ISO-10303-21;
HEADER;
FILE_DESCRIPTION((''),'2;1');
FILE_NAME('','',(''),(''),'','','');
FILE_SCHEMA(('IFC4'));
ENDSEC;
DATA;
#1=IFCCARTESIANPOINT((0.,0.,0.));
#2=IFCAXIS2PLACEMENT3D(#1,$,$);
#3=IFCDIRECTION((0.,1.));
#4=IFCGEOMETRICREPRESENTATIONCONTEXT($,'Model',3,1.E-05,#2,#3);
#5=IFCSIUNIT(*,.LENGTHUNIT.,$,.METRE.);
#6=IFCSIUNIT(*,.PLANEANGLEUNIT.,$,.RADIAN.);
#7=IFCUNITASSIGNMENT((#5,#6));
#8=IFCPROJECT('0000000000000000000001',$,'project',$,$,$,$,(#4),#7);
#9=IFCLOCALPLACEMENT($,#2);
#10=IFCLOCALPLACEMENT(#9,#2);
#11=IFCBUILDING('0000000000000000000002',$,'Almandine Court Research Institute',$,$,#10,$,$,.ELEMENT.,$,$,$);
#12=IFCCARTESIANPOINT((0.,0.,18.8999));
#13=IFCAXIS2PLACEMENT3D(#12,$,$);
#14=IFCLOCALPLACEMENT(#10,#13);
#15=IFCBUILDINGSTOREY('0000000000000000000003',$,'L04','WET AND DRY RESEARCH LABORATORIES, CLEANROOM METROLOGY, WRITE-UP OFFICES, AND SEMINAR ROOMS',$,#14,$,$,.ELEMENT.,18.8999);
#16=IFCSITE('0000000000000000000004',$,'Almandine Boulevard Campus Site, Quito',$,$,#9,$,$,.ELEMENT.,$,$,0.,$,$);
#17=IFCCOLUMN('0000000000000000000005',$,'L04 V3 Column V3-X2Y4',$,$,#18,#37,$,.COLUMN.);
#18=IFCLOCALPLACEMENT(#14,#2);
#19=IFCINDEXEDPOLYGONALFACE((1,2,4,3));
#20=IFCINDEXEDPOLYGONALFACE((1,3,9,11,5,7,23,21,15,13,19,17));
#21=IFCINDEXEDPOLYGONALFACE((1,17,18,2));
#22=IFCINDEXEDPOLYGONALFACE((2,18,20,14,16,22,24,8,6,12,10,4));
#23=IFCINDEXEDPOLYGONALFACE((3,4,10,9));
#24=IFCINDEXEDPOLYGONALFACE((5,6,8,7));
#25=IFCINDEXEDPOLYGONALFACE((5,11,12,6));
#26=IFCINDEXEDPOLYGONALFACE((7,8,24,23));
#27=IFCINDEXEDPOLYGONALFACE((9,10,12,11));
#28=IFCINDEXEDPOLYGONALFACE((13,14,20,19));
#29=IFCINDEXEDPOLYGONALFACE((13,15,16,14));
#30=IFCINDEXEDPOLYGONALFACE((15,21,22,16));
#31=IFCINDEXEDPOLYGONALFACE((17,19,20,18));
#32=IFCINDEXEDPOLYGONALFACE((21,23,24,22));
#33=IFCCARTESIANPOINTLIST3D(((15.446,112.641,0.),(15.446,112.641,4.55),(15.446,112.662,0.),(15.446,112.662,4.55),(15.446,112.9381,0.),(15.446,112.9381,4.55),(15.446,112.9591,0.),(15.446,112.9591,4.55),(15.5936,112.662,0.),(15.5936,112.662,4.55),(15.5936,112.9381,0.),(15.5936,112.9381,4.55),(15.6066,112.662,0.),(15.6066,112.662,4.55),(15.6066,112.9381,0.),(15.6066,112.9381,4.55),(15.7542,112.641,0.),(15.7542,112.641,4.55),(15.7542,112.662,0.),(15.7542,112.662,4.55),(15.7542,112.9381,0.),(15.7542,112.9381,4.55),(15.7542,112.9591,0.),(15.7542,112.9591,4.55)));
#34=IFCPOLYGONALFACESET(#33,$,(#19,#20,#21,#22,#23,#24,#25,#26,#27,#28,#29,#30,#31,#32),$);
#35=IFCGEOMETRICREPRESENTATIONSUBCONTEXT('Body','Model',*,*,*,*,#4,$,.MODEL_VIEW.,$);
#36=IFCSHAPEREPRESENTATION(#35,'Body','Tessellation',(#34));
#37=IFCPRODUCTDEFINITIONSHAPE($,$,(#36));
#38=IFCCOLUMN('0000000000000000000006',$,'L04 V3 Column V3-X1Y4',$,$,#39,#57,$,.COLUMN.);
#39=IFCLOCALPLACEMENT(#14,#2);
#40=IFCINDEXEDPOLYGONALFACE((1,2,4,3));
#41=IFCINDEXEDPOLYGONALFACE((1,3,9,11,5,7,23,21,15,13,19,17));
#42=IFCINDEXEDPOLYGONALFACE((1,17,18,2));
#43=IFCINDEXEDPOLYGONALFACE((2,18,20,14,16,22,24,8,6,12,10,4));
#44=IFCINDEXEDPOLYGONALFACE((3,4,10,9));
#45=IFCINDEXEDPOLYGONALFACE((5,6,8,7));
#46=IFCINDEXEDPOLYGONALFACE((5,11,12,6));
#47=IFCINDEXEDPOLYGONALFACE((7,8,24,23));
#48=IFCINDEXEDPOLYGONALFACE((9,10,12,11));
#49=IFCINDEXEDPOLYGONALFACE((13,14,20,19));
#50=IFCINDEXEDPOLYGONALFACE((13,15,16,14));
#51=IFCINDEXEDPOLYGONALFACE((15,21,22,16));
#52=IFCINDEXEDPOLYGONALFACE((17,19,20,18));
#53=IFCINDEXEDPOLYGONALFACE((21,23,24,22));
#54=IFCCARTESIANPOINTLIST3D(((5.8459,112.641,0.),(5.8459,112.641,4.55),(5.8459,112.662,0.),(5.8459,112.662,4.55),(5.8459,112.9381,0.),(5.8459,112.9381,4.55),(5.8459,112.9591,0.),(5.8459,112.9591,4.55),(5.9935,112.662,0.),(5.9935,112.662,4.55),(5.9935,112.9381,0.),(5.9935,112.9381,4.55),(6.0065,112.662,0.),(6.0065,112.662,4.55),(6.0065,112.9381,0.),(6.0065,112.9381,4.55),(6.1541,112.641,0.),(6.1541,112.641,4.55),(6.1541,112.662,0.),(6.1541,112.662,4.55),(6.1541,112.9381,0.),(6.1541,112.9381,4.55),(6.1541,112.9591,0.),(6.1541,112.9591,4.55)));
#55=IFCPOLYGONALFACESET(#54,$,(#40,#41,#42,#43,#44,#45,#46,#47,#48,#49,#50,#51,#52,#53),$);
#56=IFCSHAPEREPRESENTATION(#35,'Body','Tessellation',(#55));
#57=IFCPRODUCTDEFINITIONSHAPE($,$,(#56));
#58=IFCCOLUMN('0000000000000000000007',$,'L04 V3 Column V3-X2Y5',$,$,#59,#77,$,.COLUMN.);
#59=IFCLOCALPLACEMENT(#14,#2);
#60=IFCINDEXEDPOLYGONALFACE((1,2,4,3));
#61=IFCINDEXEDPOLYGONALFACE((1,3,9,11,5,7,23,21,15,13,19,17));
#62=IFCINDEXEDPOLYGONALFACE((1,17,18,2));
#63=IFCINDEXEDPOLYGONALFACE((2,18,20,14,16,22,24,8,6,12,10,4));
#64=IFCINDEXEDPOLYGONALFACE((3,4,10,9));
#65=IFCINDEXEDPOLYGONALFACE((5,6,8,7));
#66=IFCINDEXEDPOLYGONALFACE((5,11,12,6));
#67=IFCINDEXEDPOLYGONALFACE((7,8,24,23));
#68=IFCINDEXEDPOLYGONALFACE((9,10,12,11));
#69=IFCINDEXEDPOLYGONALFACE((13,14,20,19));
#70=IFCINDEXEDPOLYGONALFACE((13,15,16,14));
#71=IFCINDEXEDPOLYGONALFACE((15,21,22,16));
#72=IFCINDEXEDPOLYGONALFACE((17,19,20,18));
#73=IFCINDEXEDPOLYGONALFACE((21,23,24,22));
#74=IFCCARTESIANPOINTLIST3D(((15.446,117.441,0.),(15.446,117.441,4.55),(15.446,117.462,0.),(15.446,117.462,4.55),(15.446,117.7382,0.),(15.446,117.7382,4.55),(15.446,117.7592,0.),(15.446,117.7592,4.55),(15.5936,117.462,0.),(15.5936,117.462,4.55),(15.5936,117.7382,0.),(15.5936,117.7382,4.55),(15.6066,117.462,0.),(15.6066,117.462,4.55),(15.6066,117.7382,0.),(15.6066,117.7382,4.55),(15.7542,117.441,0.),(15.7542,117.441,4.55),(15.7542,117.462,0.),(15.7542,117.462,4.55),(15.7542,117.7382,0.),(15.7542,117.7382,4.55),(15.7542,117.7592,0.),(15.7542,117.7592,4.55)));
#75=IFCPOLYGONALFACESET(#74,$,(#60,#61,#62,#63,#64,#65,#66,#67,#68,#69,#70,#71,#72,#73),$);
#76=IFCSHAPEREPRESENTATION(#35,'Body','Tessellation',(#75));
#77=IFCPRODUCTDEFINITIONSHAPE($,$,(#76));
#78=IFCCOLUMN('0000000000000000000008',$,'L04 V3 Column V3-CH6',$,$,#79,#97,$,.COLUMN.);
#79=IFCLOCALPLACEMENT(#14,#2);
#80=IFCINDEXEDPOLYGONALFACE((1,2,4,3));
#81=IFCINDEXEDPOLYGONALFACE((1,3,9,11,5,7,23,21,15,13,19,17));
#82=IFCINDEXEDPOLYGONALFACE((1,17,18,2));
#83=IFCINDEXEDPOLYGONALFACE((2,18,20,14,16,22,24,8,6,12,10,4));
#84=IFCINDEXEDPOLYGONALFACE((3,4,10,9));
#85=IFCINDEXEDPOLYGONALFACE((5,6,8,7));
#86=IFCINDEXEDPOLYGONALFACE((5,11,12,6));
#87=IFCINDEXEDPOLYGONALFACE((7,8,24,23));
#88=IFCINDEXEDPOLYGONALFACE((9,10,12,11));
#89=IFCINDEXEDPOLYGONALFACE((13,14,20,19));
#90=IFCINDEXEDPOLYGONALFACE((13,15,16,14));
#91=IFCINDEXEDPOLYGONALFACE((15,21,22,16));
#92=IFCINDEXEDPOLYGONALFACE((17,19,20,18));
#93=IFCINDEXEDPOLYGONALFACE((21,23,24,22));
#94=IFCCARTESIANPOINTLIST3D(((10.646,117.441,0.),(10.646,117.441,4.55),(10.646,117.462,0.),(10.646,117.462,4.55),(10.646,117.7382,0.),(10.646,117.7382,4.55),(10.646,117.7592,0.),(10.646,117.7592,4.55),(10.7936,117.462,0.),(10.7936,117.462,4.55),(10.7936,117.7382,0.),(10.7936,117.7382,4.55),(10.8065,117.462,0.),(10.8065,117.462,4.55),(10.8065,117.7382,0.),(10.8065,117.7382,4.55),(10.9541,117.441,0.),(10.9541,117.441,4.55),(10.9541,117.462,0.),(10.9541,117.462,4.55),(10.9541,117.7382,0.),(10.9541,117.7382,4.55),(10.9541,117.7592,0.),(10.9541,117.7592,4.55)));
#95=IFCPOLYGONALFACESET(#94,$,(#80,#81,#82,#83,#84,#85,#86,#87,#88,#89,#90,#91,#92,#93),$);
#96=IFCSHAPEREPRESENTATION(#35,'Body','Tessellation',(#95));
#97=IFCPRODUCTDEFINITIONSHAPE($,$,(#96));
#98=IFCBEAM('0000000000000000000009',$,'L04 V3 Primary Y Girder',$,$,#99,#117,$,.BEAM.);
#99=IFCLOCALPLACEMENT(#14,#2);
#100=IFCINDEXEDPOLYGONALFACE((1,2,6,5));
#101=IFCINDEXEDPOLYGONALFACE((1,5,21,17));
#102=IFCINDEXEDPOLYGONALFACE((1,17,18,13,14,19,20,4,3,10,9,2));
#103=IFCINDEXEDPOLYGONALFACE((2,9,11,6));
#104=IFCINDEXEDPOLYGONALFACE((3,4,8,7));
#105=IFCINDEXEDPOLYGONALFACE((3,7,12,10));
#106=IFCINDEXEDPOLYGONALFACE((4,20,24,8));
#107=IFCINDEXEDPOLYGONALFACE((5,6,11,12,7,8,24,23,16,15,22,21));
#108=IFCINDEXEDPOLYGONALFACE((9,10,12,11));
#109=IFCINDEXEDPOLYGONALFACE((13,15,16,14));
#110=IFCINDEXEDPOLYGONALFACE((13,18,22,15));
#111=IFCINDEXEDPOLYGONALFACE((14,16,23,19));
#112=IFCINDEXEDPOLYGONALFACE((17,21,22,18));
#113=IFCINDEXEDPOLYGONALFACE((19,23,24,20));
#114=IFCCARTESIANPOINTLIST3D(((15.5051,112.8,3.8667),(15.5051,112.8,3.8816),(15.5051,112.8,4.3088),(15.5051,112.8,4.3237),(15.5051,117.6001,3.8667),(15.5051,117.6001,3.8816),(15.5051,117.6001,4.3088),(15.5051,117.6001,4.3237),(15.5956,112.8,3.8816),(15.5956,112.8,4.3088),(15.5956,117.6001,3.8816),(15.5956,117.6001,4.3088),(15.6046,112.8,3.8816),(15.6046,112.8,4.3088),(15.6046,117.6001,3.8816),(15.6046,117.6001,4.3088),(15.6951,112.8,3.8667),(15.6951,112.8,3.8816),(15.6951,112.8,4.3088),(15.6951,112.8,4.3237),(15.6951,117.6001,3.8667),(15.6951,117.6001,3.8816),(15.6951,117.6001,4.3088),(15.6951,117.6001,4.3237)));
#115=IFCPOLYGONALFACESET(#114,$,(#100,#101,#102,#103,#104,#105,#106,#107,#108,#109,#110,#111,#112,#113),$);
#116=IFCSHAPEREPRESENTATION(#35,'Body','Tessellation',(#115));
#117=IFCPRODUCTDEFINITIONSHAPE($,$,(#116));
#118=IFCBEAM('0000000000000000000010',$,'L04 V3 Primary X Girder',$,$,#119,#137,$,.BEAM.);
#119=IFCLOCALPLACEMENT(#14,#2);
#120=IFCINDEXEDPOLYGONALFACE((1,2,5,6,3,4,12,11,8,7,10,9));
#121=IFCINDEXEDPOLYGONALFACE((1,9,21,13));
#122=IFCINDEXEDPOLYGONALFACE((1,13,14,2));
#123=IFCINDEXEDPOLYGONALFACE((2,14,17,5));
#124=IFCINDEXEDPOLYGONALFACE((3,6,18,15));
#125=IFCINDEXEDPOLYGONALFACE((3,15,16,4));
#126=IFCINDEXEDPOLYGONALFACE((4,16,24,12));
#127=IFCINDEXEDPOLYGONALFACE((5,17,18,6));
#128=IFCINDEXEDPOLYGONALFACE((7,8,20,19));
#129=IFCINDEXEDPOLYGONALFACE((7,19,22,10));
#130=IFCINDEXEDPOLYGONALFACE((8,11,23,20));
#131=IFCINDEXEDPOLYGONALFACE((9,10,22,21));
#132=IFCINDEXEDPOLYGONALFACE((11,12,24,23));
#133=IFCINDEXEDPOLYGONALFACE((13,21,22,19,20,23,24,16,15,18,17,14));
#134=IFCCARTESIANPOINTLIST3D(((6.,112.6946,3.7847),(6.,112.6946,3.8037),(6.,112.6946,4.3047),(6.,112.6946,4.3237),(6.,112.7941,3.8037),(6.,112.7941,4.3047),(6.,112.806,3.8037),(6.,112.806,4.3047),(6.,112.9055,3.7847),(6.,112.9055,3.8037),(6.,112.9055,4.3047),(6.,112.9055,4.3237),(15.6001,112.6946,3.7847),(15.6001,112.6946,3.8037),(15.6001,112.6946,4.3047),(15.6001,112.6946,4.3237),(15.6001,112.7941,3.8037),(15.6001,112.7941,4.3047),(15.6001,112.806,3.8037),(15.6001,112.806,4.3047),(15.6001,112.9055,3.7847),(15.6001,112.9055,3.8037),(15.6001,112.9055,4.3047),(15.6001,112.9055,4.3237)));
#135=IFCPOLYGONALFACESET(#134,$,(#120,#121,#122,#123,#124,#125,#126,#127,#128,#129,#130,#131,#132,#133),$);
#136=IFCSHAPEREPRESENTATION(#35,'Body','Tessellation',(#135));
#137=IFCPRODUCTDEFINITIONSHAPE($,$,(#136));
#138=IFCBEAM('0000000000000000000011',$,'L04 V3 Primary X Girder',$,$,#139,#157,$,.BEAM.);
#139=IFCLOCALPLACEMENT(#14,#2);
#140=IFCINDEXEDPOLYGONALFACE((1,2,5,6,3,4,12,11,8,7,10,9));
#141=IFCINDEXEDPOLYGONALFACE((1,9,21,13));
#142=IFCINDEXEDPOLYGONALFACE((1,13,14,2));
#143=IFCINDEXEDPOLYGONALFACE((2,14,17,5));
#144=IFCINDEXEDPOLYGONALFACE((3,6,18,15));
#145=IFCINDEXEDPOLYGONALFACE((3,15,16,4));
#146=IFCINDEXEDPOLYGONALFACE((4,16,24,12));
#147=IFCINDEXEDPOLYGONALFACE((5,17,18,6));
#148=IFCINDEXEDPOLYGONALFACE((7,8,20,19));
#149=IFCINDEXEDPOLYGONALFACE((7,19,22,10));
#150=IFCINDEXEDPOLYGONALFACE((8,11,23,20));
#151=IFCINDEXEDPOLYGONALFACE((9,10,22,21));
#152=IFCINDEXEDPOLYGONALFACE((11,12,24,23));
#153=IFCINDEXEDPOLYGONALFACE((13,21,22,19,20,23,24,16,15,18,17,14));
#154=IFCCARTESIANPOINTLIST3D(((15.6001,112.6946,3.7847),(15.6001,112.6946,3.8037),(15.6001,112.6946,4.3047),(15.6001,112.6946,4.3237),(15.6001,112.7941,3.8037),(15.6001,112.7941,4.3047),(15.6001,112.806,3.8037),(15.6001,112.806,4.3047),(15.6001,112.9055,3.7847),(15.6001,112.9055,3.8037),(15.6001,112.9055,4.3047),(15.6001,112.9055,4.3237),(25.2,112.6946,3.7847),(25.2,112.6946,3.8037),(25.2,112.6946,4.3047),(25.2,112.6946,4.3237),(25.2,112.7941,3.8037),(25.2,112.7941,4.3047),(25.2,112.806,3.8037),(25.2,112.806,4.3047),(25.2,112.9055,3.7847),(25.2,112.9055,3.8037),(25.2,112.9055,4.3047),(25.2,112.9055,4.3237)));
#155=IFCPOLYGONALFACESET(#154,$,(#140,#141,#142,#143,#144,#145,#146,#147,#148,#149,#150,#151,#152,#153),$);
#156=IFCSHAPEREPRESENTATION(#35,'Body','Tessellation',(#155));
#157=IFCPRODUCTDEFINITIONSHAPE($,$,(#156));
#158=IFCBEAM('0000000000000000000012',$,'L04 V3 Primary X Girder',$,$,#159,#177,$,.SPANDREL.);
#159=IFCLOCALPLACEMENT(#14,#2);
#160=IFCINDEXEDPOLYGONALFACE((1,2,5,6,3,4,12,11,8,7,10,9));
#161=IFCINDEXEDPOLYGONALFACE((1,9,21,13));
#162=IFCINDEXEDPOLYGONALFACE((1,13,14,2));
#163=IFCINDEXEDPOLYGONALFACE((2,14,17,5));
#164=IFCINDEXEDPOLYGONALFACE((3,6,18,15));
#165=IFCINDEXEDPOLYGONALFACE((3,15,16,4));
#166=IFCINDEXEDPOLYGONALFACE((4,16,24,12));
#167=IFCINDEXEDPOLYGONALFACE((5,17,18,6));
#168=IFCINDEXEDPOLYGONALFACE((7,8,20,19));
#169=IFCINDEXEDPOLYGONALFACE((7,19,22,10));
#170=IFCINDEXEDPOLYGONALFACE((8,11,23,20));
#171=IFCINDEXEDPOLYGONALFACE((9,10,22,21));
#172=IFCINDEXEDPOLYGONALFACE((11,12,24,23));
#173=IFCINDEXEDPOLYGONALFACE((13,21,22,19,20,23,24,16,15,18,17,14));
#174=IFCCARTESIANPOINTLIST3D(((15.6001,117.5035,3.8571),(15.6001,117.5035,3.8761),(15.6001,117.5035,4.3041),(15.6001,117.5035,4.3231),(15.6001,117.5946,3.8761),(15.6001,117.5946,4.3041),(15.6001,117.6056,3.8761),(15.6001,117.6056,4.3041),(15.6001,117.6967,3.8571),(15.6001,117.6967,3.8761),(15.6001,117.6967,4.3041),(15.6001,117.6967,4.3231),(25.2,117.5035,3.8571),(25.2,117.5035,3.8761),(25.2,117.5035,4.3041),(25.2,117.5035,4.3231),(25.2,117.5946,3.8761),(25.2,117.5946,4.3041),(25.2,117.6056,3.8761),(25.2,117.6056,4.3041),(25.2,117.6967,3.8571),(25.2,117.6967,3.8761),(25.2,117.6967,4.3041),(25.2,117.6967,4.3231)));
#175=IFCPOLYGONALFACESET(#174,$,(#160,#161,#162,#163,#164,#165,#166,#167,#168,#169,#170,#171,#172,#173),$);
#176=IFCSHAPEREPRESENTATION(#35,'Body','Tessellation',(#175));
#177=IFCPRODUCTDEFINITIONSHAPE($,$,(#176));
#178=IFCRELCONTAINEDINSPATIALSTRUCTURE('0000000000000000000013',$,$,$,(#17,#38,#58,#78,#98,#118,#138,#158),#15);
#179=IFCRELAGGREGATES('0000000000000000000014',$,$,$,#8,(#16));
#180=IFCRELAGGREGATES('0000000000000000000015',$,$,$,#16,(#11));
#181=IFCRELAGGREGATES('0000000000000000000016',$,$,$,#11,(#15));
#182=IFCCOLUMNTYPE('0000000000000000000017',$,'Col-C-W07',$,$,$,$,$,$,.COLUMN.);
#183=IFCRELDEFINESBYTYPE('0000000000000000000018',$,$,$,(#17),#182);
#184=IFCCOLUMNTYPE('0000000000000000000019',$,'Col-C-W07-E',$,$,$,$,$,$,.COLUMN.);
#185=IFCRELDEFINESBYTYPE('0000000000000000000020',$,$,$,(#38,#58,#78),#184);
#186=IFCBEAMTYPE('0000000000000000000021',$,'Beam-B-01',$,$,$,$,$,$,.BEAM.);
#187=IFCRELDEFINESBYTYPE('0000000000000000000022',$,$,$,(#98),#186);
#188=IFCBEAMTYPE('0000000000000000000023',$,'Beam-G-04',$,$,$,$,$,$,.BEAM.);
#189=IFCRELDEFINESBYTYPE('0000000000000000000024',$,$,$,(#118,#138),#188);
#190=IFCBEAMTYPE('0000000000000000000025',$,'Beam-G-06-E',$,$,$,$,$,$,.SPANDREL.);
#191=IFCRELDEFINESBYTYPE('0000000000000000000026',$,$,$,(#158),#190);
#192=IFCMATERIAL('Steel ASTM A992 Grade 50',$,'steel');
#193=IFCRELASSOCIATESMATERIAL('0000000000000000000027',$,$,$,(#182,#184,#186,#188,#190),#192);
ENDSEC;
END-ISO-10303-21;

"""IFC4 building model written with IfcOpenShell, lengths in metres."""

from ifc_helpers import new_model, si_unit, direction, frame, origin, origin_2d, place, context, subcontext, project, spatial, i_section, extrude, material, material_profile, profile_set, type_object, element, save


model = new_model("IFC4")

# Units and contexts
model_context = context("Model", 3, precision=1e-05, world=origin(), true_north=direction((0.0, 1.0)))
body_context = subcontext(model_context, "Body", "Model", "MODEL_VIEW")
ifc_project = project(units=[si_unit("LENGTHUNIT", "METRE"), si_unit("PLANEANGLEUNIT", "RADIAN")], contexts=[model_context])

# Site, building, storey
site_placement = place(None, origin())
site = spatial("IfcSite", under=ifc_project, at=site_placement, Name="Almandine Boulevard Campus Site, Quito", CompositionType="ELEMENT", RefElevation=0.0)
building_placement = place(site_placement, origin())
building = spatial("IfcBuilding", under=site, at=building_placement, Name="Almandine Court Research Institute", CompositionType="ELEMENT")
storey_placement = place(building_placement, frame((0.0, 0.0, 18.8999)))
storey = spatial("IfcBuildingStorey", under=building, at=storey_placement, Name="L04", Description="WET AND DRY RESEARCH LABORATORIES, CLEANROOM METROLOGY, WRITE-UP OFFICES, AND SEMINAR ROOMS", CompositionType="ELEMENT", Elevation=18.8999)

# Columns
ifc_material_1 = material(Name="Steel ASTM A992 Grade 50", Category="steel")
ifc_material_profile_1 = material_profile(ifc_material_1, i_section(OverallWidth=0.3081, OverallDepth=0.3181, WebThickness=0.0129, FlangeThickness=0.021, at=origin_2d()), Name="W310x129")
ifc_profile_set_1 = profile_set([ifc_material_profile_1], Name="Steel ASTM A992 Grade 50")
column_type_1 = type_object("IfcColumnType", Name="Col-C-W07", PredefinedType="COLUMN", material=ifc_profile_set_1)
column_placement = place(storey_placement, frame((15.6001, 112.8, 0.0), z_axis=(0.0, 0.0, 1.0), x_axis=(1.0, 0.0, 0.0)))
element("IfcColumn", 1, at=column_placement, inside=storey, type_object=column_type_1, Name="L04 V3 Column V3-X2Y4", PredefinedType="COLUMN", context=body_context, shape_type="SweptSolid", body=[
    extrude(i_section(OverallWidth=0.3081, OverallDepth=0.3181, WebThickness=0.0129, FlangeThickness=0.021, at=origin_2d()), origin(), (0.0, 0.0, 1.0), 4.55),
])
ifc_material_profile_2 = material_profile(ifc_material_1, i_section(OverallWidth=0.3081, OverallDepth=0.3181, WebThickness=0.0129, FlangeThickness=0.021, at=origin_2d()), Name="W310x129")
ifc_profile_set_2 = profile_set([ifc_material_profile_2], Name="Steel ASTM A992 Grade 50")
column_type_2 = type_object("IfcColumnType", Name="Col-C-W07-E", PredefinedType="COLUMN", material=ifc_profile_set_2)
for number, where, z_axis, x_axis, name in (
    (2, (6.0, 112.8, 0.0), (0.0, 0.0, 1.0), (1.0, 0.0, 0.0), "L04 V3 Column V3-X1Y4"),
    (3, (15.6001, 117.6001, 0.0), (0.0, 0.0, 1.0), (1.0, 0.0, 0.0), "L04 V3 Column V3-X2Y5"),
    (4, (10.8, 117.6001, 0.0), (0.0, 0.0, 1.0), (1.0, 0.0, 0.0), "L04 V3 Column V3-CH6"),
):
    element("IfcColumn", number, at=place(storey_placement, frame(where, z_axis=z_axis, x_axis=x_axis)), inside=storey, type_object=column_type_2, Name=name, PredefinedType="COLUMN", context=body_context, shape_type="SweptSolid", body=[
        extrude(i_section(OverallWidth=0.3081, OverallDepth=0.3181, WebThickness=0.0129, FlangeThickness=0.021, at=origin_2d()), origin(), (0.0, 0.0, 1.0), 4.55),
    ])

# Beams
ifc_material_profile_3 = material_profile(ifc_material_1, i_section(OverallWidth=0.1899, OverallDepth=0.457, WebThickness=0.009, FlangeThickness=0.0149, at=origin_2d()), Name="W460x74")
ifc_profile_set_3 = profile_set([ifc_material_profile_3], Name="Steel ASTM A992 Grade 50")
beam_type_1 = type_object("IfcBeamType", Name="Beam-B-01", PredefinedType="BEAM", material=ifc_profile_set_3)
beam_1_placement = place(storey_placement, frame((15.6001, 112.8, 4.0952), z_axis=(0.0, 1.0, 0.0), x_axis=(-1.0, 0.0, 0.0)))
element("IfcBeam", 5, at=beam_1_placement, inside=storey, type_object=beam_type_1, Name="L04 V3 Primary Y Girder", PredefinedType="BEAM", context=body_context, shape_type="SweptSolid", body=[
    extrude(i_section(OverallWidth=0.1899, OverallDepth=0.457, WebThickness=0.009, FlangeThickness=0.0149, at=origin_2d()), origin(), (0.0, 0.0, 1.0), 4.8),
])
ifc_material_profile_4 = material_profile(ifc_material_1, i_section(OverallWidth=0.2109, OverallDepth=0.5391, WebThickness=0.012, FlangeThickness=0.019, at=origin_2d()), Name="W530x109")
ifc_profile_set_4 = profile_set([ifc_material_profile_4], Name="Steel ASTM A992 Grade 50")
beam_type_2 = type_object("IfcBeamType", Name="Beam-G-04", PredefinedType="BEAM", material=ifc_profile_set_4)
beam_2_placement = place(storey_placement, frame((6.0, 112.8, 4.0542), z_axis=(1.0, 0.0, 0.0), x_axis=(0.0, 1.0, 0.0)))
element("IfcBeam", 6, at=beam_2_placement, inside=storey, type_object=beam_type_2, Name="L04 V3 Primary X Girder", PredefinedType="BEAM", context=body_context, shape_type="SweptSolid", body=[
    extrude(i_section(OverallWidth=0.2109, OverallDepth=0.5391, WebThickness=0.012, FlangeThickness=0.019, at=origin_2d()), origin(), (0.0, 0.0, 1.0), 9.6001),
])
beam_3_placement = place(storey_placement, frame((15.6001, 112.8, 4.0542), z_axis=(1.0, 0.0, 0.0), x_axis=(0.0, 1.0, 0.0)))
element("IfcBeam", 7, at=beam_3_placement, inside=storey, type_object=beam_type_2, Name="L04 V3 Primary X Girder", PredefinedType="BEAM", context=body_context, shape_type="SweptSolid", body=[
    extrude(i_section(OverallWidth=0.2109, OverallDepth=0.5391, WebThickness=0.012, FlangeThickness=0.019, at=origin_2d()), origin(), (0.0, 0.0, 1.0), 9.5999),
])
ifc_material_profile_5 = material_profile(ifc_material_1, i_section(OverallWidth=0.1931, OverallDepth=0.4661, WebThickness=0.011, FlangeThickness=0.019, at=origin_2d()), Name="W460x97")
ifc_profile_set_5 = profile_set([ifc_material_profile_5], Name="Steel ASTM A992 Grade 50")
beam_type_3 = type_object("IfcBeamType", Name="Beam-G-06-E", PredefinedType="SPANDREL", material=ifc_profile_set_5)
beam_4_placement = place(storey_placement, frame((15.6001, 117.6001, 4.0901), z_axis=(1.0, 0.0, 0.0), x_axis=(0.0, 1.0, 0.0)))
element("IfcBeam", 8, at=beam_4_placement, inside=storey, type_object=beam_type_3, Name="L04 V3 Primary X Girder", PredefinedType="SPANDREL", context=body_context, shape_type="SweptSolid", body=[
    extrude(i_section(OverallWidth=0.1931, OverallDepth=0.4661, WebThickness=0.011, FlangeThickness=0.019, at=origin_2d()), origin(), (0.0, 0.0, 1.0), 9.5999),
])

save(model, "model.ifc")
